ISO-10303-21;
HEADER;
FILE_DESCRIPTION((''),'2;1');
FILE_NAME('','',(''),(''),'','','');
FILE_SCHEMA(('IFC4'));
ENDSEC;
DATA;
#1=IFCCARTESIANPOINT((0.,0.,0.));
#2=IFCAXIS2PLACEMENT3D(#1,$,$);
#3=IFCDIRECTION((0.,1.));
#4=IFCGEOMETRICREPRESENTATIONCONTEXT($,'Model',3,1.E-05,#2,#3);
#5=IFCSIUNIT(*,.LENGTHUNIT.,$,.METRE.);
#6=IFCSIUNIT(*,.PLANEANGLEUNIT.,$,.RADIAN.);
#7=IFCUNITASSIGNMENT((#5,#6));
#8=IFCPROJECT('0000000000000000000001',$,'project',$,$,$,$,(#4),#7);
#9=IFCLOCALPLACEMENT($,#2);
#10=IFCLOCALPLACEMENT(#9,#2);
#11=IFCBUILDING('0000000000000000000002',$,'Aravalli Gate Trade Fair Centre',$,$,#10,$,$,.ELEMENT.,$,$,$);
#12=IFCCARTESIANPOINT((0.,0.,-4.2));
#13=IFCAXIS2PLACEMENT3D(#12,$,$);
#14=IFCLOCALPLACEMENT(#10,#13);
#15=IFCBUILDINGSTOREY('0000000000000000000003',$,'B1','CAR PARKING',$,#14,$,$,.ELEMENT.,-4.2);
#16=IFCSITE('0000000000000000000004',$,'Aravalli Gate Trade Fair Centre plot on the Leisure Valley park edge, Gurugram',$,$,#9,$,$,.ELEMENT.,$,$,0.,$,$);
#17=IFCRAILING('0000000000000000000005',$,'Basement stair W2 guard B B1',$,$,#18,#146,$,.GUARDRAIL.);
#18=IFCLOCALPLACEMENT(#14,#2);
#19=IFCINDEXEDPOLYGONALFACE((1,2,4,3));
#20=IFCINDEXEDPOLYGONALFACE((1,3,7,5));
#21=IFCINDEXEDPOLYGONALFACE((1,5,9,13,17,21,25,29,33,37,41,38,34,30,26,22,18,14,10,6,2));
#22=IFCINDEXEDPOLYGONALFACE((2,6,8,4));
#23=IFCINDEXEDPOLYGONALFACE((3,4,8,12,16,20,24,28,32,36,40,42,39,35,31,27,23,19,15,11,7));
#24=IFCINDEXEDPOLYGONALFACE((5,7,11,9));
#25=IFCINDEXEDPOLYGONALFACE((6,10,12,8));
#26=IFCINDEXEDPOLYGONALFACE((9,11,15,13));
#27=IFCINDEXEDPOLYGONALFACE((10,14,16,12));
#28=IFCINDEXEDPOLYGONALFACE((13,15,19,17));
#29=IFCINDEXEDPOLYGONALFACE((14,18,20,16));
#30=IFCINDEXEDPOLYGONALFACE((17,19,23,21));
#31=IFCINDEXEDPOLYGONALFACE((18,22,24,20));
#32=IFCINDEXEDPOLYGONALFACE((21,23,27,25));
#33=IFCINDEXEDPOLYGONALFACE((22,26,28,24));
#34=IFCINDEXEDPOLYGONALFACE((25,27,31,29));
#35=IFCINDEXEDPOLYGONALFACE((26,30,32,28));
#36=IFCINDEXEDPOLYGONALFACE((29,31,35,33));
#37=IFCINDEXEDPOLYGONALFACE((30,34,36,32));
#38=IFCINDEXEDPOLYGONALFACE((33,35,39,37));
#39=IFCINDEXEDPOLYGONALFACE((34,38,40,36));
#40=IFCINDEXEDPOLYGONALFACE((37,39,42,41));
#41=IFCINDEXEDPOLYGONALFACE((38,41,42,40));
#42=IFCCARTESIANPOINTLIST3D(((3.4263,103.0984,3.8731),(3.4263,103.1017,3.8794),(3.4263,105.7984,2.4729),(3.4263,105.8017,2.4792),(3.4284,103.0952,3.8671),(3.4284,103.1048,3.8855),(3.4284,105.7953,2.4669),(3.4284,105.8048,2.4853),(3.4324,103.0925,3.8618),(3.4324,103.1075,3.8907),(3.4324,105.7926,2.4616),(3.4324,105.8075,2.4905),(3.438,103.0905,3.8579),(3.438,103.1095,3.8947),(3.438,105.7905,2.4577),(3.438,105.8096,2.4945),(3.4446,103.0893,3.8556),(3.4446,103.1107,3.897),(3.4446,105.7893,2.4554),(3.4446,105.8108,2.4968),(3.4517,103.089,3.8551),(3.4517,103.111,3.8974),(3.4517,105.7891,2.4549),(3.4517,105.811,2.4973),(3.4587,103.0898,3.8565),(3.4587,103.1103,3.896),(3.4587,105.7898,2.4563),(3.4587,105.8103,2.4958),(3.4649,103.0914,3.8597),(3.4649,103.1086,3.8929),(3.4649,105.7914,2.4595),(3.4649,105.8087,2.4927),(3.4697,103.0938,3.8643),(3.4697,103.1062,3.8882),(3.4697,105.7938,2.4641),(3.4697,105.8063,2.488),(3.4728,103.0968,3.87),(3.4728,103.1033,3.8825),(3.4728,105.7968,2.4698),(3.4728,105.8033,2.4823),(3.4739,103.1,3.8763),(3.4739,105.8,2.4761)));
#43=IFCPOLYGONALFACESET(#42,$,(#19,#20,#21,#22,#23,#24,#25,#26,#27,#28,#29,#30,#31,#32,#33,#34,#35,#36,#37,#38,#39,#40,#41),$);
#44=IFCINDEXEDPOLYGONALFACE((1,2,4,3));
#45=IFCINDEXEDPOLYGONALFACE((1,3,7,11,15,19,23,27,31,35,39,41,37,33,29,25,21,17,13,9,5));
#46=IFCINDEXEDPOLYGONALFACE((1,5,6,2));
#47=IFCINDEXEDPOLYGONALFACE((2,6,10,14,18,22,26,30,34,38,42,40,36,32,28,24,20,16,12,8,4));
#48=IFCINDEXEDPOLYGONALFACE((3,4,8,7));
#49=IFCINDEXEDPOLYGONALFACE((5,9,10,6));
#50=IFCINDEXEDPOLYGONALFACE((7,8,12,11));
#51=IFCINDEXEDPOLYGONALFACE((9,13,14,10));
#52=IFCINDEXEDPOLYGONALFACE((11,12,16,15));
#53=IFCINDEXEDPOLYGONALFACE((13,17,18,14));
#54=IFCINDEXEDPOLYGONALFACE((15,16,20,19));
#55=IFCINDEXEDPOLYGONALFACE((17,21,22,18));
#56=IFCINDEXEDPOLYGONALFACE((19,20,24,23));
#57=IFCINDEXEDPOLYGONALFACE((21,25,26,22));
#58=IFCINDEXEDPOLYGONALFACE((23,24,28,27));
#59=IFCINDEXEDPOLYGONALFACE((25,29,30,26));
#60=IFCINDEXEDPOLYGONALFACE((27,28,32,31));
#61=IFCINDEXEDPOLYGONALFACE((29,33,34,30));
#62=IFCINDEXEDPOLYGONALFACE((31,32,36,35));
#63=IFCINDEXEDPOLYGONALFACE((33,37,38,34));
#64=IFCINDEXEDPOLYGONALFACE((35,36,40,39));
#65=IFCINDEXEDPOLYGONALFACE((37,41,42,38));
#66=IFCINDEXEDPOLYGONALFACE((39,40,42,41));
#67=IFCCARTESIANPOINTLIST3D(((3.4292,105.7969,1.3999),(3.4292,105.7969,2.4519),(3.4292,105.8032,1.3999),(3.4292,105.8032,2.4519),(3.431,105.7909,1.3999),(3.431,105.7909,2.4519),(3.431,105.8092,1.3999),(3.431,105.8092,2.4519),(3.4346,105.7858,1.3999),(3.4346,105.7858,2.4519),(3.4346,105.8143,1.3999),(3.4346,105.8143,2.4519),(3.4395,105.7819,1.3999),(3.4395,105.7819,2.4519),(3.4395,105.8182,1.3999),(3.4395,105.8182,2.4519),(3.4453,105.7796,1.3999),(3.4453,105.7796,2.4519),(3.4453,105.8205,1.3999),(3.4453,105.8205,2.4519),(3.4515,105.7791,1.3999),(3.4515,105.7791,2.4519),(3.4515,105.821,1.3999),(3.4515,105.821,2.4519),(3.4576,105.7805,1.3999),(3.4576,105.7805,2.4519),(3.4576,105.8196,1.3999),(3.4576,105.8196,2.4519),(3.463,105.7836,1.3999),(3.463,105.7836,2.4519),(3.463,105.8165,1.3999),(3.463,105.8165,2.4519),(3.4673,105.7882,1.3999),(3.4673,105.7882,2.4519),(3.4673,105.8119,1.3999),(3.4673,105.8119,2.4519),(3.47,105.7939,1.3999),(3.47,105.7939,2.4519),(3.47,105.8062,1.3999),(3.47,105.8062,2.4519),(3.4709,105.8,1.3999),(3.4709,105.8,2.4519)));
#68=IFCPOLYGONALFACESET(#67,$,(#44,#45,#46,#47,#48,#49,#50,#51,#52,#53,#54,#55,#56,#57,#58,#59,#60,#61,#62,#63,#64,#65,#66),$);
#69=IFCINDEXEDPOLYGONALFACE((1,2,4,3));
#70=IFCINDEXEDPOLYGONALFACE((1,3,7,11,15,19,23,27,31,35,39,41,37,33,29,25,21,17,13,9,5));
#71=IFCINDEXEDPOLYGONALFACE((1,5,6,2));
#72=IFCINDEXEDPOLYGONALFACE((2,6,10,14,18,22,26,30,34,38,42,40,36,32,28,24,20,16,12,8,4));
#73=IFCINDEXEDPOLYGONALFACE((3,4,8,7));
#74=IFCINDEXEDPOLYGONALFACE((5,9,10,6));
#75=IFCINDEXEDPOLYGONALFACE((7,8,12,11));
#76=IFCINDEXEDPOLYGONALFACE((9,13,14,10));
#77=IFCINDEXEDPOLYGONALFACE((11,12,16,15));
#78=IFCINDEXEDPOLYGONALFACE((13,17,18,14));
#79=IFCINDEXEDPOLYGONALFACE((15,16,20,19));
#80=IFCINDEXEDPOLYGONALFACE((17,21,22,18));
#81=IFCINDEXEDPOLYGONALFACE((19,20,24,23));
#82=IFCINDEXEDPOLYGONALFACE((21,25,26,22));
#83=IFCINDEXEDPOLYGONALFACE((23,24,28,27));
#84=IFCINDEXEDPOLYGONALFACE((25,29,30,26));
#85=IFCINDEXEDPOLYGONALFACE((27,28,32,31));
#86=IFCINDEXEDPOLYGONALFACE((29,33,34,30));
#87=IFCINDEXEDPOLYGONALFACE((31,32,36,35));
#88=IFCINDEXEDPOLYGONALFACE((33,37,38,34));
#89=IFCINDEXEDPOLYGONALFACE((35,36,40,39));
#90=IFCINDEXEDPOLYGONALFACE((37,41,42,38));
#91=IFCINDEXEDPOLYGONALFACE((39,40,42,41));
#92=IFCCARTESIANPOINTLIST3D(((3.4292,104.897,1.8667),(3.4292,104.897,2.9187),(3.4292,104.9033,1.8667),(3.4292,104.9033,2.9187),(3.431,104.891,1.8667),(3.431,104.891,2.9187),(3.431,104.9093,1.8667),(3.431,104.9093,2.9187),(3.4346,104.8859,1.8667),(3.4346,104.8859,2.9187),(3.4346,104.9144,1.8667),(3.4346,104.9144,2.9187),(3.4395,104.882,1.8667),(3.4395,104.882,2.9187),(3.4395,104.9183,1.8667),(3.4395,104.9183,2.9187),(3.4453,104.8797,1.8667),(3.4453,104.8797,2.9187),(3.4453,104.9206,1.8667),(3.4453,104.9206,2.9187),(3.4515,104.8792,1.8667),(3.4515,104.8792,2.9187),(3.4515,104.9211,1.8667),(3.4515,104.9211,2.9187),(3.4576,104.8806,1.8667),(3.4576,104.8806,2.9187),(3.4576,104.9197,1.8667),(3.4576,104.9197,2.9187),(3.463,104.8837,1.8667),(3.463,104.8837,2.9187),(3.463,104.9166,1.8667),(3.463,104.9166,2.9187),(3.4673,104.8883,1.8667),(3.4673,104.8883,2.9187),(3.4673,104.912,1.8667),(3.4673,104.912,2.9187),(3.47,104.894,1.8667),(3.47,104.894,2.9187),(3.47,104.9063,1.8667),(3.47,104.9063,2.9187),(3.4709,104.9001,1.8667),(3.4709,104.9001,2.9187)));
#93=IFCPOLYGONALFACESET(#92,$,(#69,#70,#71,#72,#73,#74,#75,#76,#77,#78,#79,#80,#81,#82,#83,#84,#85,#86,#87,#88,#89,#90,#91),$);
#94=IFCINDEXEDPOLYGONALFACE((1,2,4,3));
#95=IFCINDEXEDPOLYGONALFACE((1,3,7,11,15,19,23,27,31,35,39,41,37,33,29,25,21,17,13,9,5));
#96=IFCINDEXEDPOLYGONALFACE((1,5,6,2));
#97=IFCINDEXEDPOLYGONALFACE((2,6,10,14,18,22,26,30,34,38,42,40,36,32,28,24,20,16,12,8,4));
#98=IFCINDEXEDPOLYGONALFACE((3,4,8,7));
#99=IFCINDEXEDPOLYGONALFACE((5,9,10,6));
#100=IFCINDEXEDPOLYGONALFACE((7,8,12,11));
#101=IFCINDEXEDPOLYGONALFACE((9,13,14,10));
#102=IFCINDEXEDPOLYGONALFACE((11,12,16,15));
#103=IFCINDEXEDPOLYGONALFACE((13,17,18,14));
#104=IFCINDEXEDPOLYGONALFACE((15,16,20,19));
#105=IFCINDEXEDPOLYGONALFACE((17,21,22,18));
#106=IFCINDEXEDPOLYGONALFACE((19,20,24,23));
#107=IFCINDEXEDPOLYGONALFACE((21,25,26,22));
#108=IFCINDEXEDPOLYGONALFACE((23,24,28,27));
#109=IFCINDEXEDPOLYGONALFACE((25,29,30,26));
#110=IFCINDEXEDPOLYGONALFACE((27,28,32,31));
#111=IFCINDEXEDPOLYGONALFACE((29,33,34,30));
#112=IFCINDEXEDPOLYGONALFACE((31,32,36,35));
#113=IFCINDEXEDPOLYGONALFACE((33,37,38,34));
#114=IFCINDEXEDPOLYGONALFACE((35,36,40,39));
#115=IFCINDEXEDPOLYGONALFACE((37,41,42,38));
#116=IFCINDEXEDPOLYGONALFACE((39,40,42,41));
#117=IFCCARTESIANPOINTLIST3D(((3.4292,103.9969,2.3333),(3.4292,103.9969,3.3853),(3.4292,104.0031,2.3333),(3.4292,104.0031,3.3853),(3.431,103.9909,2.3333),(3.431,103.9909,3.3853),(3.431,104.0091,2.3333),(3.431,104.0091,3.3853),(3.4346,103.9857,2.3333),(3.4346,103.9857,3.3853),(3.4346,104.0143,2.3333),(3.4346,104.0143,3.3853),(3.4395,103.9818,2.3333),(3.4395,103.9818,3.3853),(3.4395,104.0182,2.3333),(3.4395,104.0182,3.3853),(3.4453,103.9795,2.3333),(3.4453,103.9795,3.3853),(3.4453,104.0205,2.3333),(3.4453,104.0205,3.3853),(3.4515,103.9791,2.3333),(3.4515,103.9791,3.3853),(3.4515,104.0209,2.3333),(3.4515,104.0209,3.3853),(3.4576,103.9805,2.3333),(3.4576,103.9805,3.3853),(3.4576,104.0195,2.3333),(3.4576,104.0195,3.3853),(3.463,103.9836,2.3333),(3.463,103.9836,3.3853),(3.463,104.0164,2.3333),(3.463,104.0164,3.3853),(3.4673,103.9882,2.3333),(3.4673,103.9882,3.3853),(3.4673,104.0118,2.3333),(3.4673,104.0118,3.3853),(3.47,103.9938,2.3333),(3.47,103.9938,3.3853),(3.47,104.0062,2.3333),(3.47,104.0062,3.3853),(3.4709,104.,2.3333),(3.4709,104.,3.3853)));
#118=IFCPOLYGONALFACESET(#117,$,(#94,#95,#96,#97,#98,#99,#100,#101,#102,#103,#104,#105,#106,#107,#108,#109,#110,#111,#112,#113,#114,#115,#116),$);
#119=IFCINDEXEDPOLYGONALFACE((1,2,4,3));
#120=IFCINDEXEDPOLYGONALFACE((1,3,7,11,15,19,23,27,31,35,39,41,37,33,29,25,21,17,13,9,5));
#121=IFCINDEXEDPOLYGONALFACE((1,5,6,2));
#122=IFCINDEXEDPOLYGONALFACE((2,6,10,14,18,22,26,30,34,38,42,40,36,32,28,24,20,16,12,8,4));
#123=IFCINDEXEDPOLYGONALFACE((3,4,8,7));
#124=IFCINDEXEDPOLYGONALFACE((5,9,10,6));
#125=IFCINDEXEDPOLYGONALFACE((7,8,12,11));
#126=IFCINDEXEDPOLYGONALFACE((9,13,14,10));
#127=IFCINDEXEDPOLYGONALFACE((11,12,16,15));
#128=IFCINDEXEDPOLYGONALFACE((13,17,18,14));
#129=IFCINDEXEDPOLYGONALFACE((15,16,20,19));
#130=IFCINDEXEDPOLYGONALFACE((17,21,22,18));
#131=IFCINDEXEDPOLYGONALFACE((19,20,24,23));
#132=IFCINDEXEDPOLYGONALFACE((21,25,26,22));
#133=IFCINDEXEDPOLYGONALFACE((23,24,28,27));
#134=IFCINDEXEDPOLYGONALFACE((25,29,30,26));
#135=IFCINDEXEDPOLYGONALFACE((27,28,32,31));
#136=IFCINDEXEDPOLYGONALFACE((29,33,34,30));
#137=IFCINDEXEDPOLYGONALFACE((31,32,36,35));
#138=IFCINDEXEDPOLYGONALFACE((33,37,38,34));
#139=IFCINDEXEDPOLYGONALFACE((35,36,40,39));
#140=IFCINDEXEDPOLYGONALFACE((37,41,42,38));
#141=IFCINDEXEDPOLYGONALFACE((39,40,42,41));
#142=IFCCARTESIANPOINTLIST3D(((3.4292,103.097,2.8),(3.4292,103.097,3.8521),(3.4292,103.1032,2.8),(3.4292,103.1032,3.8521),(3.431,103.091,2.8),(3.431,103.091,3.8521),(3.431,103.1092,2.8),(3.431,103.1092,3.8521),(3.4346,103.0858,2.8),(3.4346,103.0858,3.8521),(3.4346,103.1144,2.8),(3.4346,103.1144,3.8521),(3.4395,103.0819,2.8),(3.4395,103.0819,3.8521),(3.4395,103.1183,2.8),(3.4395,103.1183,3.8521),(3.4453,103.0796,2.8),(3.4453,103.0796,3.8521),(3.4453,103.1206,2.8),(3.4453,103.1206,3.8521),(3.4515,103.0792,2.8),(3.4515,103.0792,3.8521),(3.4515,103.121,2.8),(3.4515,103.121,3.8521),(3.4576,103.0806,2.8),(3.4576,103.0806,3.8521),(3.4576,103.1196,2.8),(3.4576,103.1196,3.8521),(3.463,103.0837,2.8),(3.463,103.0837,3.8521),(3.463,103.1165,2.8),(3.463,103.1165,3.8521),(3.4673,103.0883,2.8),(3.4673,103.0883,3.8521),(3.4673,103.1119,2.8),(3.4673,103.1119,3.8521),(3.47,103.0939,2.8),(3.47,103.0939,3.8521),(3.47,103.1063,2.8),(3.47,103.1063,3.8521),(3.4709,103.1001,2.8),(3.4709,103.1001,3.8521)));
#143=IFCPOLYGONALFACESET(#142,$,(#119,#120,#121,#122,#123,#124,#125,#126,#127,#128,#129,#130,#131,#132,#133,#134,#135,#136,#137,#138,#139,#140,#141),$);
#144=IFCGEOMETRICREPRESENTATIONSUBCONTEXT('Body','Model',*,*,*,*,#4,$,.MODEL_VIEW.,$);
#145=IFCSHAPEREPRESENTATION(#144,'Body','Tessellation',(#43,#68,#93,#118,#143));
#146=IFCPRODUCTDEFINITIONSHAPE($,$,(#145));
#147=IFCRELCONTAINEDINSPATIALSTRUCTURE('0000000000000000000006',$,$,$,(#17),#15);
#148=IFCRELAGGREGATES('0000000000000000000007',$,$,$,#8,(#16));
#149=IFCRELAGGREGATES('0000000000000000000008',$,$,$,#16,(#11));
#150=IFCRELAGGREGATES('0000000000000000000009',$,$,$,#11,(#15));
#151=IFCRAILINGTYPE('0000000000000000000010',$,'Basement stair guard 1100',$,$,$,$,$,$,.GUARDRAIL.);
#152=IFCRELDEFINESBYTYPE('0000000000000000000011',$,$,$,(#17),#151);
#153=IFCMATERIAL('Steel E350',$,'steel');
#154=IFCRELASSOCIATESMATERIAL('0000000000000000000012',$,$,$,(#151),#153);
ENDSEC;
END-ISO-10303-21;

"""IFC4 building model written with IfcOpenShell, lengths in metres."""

from ifc_helpers import new_model, si_unit, direction, frame, origin, origin_2d, place, context, subcontext, project, spatial, circle, extrude, material, type_object, element, save


model = new_model("IFC4")

# Units and contexts
model_context = context("Model", 3, precision=1e-05, world=origin(), true_north=direction((0.0, 1.0)))
body_context = subcontext(model_context, "Body", "Model", "MODEL_VIEW")
ifc_project = project(units=[si_unit("LENGTHUNIT", "METRE"), si_unit("PLANEANGLEUNIT", "RADIAN")], contexts=[model_context])

# Site, building, storey
site_placement = place(None, origin())
site = spatial("IfcSite", under=ifc_project, at=site_placement, Name="Aravalli Gate Trade Fair Centre plot on the Leisure Valley park edge, Gurugram", CompositionType="ELEMENT", RefElevation=0.0)
building_placement = place(site_placement, origin())
building = spatial("IfcBuilding", under=site, at=building_placement, Name="Aravalli Gate Trade Fair Centre", CompositionType="ELEMENT")
storey_placement = place(building_placement, frame((0.0, 0.0, -4.2)))
storey = spatial("IfcBuildingStorey", under=building, at=storey_placement, Name="B1", Description="CAR PARKING", CompositionType="ELEMENT", Elevation=-4.2)

# Railing
ifc_material_1 = material(Name="Steel E350", Category="steel")
railing_type_1 = type_object("IfcRailingType", Name="Basement stair guard 1100", PredefinedType="GUARDRAIL", material=ifc_material_1)
railing_1_placement = place(storey_placement, frame((3.45, 105.8, 1.3999)))
element("IfcRailing", 1, at=railing_1_placement, inside=storey, type_object=railing_type_1, Name="Basement stair W2 guard B B1", PredefinedType="GUARDRAIL", context=body_context, shape_type="SweptSolid", body=[
    extrude(circle(Radius=0.0239, at=origin_2d()), frame((0.0, 0.0, 1.0762), z_axis=(0.0, -0.887731, 0.460362), x_axis=(1.0, 0.0, 0.0)), (0.0, 0.0, 1.0), 3.0415),
    extrude(circle(Radius=0.021, at=origin_2d()), origin(), (0.0, 0.0, 1.0), 1.052),
    extrude(circle(Radius=0.021, at=origin_2d()), frame((0.0, -0.8999, 0.4668)), (0.0, 0.0, 1.0), 1.052),
    extrude(circle(Radius=0.021, at=origin_2d()), frame((0.0, -1.8, 0.9333)), (0.0, 0.0, 1.0), 1.052),
    extrude(circle(Radius=0.021, at=origin_2d()), frame((0.0, -2.7, 1.4001)), (0.0, 0.0, 1.0), 1.052),
])

save(model, "model.ifc")
